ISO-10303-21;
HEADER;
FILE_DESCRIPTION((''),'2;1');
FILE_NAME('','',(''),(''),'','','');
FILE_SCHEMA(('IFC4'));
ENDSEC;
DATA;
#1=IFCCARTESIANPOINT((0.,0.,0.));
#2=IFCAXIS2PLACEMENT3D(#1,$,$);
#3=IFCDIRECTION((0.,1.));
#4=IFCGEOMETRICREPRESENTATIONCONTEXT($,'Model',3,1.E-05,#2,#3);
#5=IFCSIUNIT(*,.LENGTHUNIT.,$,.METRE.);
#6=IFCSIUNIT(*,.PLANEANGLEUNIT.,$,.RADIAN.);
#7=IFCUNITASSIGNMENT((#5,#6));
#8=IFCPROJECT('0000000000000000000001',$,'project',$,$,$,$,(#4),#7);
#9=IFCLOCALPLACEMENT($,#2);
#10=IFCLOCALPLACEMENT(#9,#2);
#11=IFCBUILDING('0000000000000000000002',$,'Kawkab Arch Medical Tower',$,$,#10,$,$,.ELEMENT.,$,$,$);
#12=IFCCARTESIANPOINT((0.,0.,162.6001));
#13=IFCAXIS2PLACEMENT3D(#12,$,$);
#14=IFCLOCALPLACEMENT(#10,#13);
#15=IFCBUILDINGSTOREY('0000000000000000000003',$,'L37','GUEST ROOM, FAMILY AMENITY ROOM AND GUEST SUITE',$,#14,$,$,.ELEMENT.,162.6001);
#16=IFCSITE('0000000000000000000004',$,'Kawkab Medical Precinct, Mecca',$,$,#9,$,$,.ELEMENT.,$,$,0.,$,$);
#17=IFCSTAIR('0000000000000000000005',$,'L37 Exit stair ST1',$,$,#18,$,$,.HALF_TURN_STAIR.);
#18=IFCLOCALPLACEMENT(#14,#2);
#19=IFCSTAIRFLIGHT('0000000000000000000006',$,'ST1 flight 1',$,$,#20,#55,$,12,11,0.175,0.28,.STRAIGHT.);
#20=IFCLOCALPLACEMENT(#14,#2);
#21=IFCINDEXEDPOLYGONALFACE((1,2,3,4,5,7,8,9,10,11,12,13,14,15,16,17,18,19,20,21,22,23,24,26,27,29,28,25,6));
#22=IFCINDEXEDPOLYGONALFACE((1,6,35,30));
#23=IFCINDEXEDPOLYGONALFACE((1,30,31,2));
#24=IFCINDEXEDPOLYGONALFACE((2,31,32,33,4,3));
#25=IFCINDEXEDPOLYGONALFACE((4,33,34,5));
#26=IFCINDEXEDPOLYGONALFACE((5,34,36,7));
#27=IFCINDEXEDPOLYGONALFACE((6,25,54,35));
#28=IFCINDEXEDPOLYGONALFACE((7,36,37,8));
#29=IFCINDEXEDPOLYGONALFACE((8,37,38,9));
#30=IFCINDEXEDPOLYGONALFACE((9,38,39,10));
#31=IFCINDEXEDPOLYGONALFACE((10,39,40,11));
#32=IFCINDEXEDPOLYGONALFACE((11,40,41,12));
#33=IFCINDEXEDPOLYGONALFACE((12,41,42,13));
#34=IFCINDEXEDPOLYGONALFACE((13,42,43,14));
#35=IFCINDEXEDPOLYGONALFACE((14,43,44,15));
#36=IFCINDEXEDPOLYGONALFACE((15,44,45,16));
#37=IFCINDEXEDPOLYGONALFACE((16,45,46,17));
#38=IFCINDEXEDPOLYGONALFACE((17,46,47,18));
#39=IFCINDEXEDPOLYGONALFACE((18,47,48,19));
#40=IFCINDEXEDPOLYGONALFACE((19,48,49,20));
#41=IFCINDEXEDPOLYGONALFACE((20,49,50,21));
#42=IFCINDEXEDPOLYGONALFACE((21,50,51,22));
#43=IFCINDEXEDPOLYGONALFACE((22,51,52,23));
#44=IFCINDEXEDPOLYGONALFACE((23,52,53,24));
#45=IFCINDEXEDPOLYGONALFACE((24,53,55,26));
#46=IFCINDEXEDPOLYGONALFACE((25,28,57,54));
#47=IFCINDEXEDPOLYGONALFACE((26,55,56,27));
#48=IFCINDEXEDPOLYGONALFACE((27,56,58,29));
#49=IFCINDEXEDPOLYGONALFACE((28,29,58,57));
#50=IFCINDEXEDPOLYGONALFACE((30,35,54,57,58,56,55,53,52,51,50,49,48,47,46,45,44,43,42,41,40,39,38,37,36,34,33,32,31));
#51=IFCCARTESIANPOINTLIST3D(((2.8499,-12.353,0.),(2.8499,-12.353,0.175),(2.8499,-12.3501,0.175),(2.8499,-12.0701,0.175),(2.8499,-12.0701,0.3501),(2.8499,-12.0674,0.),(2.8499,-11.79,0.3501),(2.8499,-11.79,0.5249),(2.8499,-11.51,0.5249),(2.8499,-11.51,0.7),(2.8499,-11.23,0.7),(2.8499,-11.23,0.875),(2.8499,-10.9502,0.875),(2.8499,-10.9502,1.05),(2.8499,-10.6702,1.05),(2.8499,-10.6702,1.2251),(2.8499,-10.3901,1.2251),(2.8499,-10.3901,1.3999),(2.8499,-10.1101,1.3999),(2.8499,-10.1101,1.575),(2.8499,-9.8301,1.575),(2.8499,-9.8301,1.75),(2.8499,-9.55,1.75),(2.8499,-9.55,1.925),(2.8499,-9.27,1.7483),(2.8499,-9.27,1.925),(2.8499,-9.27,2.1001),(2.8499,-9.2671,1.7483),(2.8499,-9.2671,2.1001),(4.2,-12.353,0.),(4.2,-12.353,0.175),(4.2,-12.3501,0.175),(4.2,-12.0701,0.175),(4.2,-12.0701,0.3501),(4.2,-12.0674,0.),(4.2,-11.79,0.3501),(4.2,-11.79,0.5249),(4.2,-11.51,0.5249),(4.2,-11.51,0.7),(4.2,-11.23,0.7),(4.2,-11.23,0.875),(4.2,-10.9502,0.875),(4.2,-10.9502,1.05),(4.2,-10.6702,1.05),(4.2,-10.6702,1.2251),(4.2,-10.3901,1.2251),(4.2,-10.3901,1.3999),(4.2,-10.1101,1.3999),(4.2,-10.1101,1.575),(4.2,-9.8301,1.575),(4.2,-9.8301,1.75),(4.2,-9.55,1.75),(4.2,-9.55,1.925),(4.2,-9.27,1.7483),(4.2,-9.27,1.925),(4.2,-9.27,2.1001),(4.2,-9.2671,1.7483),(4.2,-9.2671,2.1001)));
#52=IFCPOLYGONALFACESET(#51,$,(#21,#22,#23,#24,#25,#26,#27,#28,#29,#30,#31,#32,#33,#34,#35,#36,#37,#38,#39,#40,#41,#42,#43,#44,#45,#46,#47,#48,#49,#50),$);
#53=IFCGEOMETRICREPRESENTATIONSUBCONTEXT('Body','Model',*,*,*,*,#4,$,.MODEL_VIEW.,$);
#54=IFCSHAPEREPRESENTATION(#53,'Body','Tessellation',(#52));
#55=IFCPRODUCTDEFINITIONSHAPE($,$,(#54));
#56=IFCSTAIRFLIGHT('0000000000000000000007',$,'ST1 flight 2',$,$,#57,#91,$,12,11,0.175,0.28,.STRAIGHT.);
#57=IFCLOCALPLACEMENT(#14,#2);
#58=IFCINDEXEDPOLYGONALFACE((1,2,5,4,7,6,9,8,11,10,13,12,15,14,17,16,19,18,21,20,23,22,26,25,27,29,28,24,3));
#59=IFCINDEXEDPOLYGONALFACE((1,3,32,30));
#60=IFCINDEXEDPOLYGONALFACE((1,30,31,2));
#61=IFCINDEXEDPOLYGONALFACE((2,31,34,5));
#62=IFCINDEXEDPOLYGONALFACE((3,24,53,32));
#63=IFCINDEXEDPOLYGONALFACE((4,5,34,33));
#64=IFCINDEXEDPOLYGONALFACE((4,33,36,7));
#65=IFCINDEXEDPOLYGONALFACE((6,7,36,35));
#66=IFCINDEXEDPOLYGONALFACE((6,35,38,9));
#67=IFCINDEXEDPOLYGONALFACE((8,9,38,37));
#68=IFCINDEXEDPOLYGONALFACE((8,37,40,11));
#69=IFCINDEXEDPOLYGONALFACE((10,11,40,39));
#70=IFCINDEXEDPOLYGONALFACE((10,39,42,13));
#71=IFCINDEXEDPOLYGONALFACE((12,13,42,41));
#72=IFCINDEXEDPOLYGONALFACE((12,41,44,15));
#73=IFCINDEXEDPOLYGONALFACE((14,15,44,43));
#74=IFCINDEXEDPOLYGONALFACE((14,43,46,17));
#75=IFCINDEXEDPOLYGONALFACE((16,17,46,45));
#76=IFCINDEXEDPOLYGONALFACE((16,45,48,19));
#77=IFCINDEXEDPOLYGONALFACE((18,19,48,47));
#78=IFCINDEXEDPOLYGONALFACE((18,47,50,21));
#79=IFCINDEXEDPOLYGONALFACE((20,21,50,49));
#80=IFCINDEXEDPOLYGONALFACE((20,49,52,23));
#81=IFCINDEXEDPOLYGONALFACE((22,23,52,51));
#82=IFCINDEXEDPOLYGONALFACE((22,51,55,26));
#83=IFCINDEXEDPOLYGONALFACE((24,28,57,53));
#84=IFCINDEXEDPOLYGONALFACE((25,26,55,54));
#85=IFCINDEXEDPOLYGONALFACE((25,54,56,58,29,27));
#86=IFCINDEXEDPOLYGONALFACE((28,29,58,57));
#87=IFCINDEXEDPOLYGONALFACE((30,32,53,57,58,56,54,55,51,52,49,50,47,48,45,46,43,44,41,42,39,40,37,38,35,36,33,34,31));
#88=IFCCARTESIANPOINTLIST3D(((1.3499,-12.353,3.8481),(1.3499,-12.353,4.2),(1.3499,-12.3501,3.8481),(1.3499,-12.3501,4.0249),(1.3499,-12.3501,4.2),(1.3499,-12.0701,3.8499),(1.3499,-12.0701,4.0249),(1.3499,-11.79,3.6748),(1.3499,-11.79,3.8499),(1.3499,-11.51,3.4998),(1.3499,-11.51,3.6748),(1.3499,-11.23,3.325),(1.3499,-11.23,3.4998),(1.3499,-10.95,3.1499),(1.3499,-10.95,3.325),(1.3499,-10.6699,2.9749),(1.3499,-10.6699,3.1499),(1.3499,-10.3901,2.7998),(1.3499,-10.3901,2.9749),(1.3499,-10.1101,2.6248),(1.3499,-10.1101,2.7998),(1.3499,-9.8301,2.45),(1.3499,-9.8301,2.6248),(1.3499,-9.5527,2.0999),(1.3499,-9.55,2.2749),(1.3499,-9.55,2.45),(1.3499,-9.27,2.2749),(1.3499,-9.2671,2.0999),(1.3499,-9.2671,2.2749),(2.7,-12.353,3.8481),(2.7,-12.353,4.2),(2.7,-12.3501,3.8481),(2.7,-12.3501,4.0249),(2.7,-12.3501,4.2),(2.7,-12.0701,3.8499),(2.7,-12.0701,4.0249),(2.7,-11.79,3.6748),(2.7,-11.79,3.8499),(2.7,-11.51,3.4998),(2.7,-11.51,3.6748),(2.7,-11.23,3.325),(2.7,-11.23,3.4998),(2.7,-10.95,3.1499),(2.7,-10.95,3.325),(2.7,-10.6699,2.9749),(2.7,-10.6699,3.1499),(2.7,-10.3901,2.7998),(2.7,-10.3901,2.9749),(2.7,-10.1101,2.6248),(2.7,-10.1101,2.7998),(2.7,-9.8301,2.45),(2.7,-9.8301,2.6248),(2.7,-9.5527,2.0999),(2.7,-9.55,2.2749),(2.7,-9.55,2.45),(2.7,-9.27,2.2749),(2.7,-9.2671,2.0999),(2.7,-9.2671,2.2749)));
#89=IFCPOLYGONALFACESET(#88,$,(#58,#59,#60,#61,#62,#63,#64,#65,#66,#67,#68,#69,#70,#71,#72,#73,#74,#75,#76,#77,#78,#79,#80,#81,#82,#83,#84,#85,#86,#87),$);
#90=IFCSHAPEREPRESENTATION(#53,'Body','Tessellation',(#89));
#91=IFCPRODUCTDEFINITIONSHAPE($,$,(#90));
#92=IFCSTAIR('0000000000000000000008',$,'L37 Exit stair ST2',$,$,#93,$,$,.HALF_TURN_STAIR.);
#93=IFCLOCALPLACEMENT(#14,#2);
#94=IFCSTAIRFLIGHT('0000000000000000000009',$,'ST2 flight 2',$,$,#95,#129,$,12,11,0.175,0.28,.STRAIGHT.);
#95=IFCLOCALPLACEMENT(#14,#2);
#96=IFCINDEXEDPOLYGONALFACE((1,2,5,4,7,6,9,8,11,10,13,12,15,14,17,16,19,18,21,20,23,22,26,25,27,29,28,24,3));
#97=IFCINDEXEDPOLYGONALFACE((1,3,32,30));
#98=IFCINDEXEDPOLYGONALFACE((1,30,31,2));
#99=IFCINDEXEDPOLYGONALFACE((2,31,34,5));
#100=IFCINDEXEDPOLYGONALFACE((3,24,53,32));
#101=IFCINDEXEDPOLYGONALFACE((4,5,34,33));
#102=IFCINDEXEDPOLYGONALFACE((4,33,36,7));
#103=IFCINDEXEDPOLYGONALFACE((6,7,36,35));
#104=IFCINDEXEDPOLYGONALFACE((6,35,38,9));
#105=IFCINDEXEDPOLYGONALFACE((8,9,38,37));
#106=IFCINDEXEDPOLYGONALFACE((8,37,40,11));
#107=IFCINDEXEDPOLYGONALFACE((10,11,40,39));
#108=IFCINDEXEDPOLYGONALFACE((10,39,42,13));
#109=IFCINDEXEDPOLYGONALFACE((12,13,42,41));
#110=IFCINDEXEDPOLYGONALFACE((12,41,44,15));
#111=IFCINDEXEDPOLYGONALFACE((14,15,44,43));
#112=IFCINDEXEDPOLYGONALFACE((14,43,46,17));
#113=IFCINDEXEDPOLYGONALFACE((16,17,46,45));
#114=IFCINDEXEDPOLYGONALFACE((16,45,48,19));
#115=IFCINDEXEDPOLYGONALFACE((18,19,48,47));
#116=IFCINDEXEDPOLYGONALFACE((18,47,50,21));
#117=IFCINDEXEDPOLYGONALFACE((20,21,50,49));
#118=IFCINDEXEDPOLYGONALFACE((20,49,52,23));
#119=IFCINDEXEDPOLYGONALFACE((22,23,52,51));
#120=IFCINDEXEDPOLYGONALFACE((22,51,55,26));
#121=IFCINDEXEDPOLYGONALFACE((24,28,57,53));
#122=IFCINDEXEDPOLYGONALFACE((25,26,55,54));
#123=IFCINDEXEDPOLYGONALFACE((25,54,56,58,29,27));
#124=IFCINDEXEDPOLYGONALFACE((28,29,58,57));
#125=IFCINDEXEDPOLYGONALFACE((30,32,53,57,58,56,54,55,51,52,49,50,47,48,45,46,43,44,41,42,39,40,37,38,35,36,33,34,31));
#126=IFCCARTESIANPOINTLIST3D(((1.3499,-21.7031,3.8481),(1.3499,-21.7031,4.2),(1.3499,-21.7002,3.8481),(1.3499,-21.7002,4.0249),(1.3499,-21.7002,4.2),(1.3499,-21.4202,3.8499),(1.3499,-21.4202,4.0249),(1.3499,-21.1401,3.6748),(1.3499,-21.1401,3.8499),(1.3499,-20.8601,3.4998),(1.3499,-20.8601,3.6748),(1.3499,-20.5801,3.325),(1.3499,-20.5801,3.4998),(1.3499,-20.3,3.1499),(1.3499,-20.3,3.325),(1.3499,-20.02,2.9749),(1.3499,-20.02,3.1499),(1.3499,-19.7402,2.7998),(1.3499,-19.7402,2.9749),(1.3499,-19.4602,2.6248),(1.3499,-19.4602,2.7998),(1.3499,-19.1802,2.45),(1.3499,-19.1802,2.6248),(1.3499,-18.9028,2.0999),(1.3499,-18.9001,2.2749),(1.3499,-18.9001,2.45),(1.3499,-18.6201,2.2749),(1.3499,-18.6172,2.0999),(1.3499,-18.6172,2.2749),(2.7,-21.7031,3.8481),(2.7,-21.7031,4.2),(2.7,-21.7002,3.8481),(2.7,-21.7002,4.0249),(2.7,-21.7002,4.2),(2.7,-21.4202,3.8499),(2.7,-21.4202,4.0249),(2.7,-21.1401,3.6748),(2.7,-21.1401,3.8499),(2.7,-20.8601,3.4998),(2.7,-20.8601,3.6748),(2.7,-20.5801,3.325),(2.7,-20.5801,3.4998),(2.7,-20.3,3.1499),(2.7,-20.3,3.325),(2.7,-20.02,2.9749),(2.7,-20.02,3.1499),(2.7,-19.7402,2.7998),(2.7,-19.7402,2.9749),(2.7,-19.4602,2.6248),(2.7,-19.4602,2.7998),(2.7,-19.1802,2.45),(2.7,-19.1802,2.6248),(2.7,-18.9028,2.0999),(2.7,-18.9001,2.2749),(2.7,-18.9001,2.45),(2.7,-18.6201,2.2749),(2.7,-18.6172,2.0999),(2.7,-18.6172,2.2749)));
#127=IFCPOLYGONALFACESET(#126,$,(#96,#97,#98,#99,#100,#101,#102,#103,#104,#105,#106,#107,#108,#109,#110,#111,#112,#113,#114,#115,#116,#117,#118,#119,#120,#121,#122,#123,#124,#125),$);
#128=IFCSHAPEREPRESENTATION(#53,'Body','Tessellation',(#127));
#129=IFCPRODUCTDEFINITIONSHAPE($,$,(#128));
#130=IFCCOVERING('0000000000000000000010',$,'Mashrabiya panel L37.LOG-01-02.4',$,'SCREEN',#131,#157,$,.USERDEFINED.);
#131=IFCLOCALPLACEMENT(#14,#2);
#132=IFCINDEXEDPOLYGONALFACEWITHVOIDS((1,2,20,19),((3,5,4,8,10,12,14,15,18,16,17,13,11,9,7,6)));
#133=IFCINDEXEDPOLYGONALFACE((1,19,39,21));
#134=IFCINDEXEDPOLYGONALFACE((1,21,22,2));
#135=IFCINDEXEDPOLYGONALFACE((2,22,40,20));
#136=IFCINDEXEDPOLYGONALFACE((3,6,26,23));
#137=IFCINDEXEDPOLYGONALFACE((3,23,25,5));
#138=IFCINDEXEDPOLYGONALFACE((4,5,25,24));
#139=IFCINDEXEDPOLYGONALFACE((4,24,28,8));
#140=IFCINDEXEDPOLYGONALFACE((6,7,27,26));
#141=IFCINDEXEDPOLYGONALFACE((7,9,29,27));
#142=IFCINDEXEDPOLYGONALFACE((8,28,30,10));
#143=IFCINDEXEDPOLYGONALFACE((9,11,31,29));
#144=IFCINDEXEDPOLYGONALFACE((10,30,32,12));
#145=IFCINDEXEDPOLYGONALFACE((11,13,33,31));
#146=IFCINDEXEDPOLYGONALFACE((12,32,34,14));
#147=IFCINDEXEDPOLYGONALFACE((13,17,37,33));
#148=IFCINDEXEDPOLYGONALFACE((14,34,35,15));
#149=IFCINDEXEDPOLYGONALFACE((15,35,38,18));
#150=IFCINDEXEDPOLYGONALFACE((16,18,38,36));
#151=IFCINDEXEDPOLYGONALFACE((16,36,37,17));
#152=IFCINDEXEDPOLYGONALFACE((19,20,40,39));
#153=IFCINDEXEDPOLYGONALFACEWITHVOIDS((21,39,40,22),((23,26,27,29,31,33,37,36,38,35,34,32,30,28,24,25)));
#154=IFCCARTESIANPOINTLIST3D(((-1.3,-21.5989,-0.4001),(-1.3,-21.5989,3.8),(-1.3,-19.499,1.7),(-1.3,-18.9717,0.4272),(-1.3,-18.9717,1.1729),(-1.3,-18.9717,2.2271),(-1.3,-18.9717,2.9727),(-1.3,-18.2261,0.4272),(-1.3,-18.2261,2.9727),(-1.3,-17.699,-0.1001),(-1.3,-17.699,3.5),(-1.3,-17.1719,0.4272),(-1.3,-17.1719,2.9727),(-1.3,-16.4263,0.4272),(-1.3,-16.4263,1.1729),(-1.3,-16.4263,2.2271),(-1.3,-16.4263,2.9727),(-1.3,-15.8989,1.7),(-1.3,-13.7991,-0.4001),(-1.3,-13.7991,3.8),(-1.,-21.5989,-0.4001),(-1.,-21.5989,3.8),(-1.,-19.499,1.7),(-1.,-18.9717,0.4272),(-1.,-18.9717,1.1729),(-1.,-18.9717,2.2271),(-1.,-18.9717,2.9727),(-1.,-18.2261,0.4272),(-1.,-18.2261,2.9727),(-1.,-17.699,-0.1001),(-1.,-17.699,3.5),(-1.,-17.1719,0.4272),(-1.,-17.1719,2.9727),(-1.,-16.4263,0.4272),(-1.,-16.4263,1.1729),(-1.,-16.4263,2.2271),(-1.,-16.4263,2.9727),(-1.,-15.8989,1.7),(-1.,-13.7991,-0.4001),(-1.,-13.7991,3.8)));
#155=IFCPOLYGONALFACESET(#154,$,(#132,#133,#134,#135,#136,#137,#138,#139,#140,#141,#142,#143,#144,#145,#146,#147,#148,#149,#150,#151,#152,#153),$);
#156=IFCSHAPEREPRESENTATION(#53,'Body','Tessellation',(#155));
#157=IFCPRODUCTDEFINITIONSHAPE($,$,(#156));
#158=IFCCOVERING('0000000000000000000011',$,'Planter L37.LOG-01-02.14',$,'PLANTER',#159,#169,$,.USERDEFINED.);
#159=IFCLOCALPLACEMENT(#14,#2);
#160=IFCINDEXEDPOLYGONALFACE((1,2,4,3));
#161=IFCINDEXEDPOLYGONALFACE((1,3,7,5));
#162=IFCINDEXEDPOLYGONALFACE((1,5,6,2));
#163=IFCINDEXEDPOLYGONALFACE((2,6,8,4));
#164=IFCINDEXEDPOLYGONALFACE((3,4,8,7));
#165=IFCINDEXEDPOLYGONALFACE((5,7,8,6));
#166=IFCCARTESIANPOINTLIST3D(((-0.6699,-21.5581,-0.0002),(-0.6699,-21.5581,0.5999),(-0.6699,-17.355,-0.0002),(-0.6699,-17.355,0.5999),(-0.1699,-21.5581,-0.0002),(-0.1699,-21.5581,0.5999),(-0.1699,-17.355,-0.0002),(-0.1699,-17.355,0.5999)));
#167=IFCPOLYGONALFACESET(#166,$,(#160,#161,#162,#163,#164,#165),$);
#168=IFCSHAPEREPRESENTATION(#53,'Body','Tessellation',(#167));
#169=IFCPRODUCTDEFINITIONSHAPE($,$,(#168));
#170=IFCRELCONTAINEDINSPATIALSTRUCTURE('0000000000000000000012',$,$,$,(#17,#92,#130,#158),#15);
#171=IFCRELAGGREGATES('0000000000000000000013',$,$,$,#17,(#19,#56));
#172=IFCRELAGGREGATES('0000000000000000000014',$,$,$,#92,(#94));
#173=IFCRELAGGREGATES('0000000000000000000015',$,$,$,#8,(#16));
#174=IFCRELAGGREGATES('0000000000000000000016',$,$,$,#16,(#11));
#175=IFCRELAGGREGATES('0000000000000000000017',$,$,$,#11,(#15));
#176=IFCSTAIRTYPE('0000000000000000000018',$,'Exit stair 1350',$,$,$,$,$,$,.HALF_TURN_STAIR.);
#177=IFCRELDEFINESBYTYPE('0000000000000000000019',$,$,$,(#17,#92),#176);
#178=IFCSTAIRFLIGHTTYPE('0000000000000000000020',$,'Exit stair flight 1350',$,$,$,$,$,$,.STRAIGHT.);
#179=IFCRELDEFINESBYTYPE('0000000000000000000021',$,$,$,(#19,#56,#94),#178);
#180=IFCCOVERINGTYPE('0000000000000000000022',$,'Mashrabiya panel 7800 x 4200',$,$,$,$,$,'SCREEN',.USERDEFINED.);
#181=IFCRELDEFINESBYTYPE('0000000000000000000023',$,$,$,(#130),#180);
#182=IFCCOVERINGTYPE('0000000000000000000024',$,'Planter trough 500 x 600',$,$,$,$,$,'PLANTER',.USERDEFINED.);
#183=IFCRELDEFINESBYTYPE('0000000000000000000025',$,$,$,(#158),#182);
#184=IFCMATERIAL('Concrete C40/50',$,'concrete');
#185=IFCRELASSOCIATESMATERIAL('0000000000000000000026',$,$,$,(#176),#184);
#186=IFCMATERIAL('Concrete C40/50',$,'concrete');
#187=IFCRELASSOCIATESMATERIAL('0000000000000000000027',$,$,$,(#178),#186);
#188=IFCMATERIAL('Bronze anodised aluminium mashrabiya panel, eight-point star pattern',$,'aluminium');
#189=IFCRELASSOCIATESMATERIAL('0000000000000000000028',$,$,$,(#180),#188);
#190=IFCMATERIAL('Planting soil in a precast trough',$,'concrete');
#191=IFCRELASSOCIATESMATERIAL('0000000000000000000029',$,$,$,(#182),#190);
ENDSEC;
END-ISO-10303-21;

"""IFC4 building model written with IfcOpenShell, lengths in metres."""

from ifc_helpers import new_model, si_unit, direction, frame, origin, origin_2d, place, context, subcontext, project, spatial, polyline, rectangle, outline, extrude, material, material_profile, profile_set, type_object, element, aggregate, save


model = new_model("IFC4")

# Units and contexts
model_context = context("Model", 3, precision=1e-05, world=origin(), true_north=direction((0.0, 1.0)))
body_context = subcontext(model_context, "Body", "Model", "MODEL_VIEW")
ifc_project = project(units=[si_unit("LENGTHUNIT", "METRE"), si_unit("PLANEANGLEUNIT", "RADIAN")], contexts=[model_context])

# Site, building, storey
site_placement = place(None, origin())
site = spatial("IfcSite", under=ifc_project, at=site_placement, Name="Kawkab Medical Precinct, Mecca", CompositionType="ELEMENT", RefElevation=0.0)
building_placement = place(site_placement, origin())
building = spatial("IfcBuilding", under=site, at=building_placement, Name="Kawkab Arch Medical Tower", CompositionType="ELEMENT")
storey_placement = place(building_placement, frame((0.0, 0.0, 162.6001)))
storey = spatial("IfcBuildingStorey", under=building, at=storey_placement, Name="L37", Description="GUEST ROOM, FAMILY AMENITY ROOM AND GUEST SUITE", CompositionType="ELEMENT", Elevation=162.6001)

# Shared definitions
placement = place(storey_placement, origin())

# Stair, stair flights
ifc_material_1 = material(Name="Concrete C40/50", Category="concrete")
stair_type = type_object("IfcStairType", Name="Exit stair 1350", PredefinedType="HALF_TURN_STAIR", material=ifc_material_1)
stair_1 = element("IfcStair", 1, at=placement, inside=storey, type_object=stair_type, Name="L37 Exit stair ST1", PredefinedType="HALF_TURN_STAIR")
ifc_material_2 = material(Name="Concrete C40/50", Category="concrete")
stair_flight_type = type_object("IfcStairFlightType", Name="Exit stair flight 1350", PredefinedType="STRAIGHT", material=ifc_material_2)
stair_flight_1_placement = place(storey_placement, frame((3.5249, -12.3501, 0.0), z_axis=(0.0, 0.0, 1.0), x_axis=(0.0, 1.0, 0.0)))
stair_flight_1 = element("IfcStairFlight", 2, at=stair_flight_1_placement, type_object=stair_flight_type, Name="ST1 flight 1", NumberOfRisers=12, NumberOfTreads=11, PredefinedType="STRAIGHT", RiserHeight=0.175, TreadLength=0.28, context=body_context, shape_type="SweptSolid", body=[
    extrude(outline(polyline([(-0.0029, 0.0), (-0.0029, 0.175), (0.0, 0.175), (0.28, 0.175), (0.28, 0.3501), (0.5601, 0.3501), (0.5601, 0.5249), (0.8401, 0.5249), (0.8401, 0.7), (1.1201, 0.7), (1.1201, 0.875), (1.3999, 0.875), (1.3999, 1.05), (1.6799, 1.05), (1.6799, 1.2251), (1.96, 1.2251), (1.96, 1.3999), (2.24, 1.3999), (2.24, 1.575), (2.52, 1.575), (2.52, 1.75), (2.8, 1.75), (2.8, 1.925), (3.0801, 1.925), (3.0801, 2.1001), (3.083, 2.1001), (3.083, 1.7483), (3.0801, 1.7483), (0.2827, 0.0), (-0.0029, 0.0)])), frame((0.0, 0.675, 0.0), z_axis=(0.0, -1.0, 0.0), x_axis=(1.0, 0.0, 0.0)), (0.0, 0.0, 1.0), 1.3501),
])
stair_flight_2_placement = place(storey_placement, frame((2.0249, -9.27, 2.0999), z_axis=(0.0, 0.0, 1.0), x_axis=(0.0, -1.0, 0.0)))
stair_flight_2 = element("IfcStairFlight", 3, at=stair_flight_2_placement, type_object=stair_flight_type, Name="ST1 flight 2", NumberOfRisers=12, NumberOfTreads=11, PredefinedType="STRAIGHT", RiserHeight=0.175, TreadLength=0.28, context=body_context, shape_type="SweptSolid", body=[
    extrude(outline(polyline([(-0.0029, 0.0), (-0.0029, 0.175), (0.0, 0.175), (0.28, 0.175), (0.28, 0.3501), (0.5601, 0.3501), (0.5601, 0.5249), (0.8401, 0.5249), (0.8401, 0.7), (1.1201, 0.7), (1.1201, 0.875), (1.3999, 0.875), (1.3999, 1.05), (1.6799, 1.05), (1.6799, 1.2251), (1.96, 1.2251), (1.96, 1.3999), (2.24, 1.3999), (2.24, 1.575), (2.52, 1.575), (2.52, 1.75), (2.8, 1.75), (2.8, 1.925), (3.0801, 1.925), (3.0801, 2.1001), (3.083, 2.1001), (3.083, 1.7483), (3.0801, 1.7483), (0.2827, 0.0), (-0.0029, 0.0)])), frame((0.0, 0.675, 0.0), z_axis=(0.0, -1.0, 0.0), x_axis=(1.0, 0.0, 0.0)), (0.0, 0.0, 1.0), 1.3501),
])
aggregate(stair_1, [stair_flight_1, stair_flight_2])

# Stair, stair flight
stair_2 = element("IfcStair", 4, at=placement, inside=storey, type_object=stair_type, Name="L37 Exit stair ST2", PredefinedType="HALF_TURN_STAIR")
stair_flight_3_placement = place(storey_placement, frame((2.0249, -18.6201, 2.0999), z_axis=(0.0, 0.0, 1.0), x_axis=(0.0, -1.0, 0.0)))
stair_flight_3 = element("IfcStairFlight", 5, at=stair_flight_3_placement, type_object=stair_flight_type, Name="ST2 flight 2", NumberOfRisers=12, NumberOfTreads=11, PredefinedType="STRAIGHT", RiserHeight=0.175, TreadLength=0.28, context=body_context, shape_type="SweptSolid", body=[
    extrude(outline(polyline([(-0.0029, 0.0), (-0.0029, 0.175), (0.0, 0.175), (0.28, 0.175), (0.28, 0.3501), (0.5601, 0.3501), (0.5601, 0.5249), (0.8401, 0.5249), (0.8401, 0.7), (1.1201, 0.7), (1.1201, 0.875), (1.3999, 0.875), (1.3999, 1.05), (1.6799, 1.05), (1.6799, 1.2251), (1.96, 1.2251), (1.96, 1.3999), (2.24, 1.3999), (2.24, 1.575), (2.52, 1.575), (2.52, 1.75), (2.8, 1.75), (2.8, 1.925), (3.0801, 1.925), (3.0801, 2.1001), (3.083, 2.1001), (3.083, 1.7483), (3.0801, 1.7483), (0.2827, 0.0), (-0.0029, 0.0)])), frame((0.0, 0.675, 0.0), z_axis=(0.0, -1.0, 0.0), x_axis=(1.0, 0.0, 0.0)), (0.0, 0.0, 1.0), 1.3501),
])
aggregate(stair_2, [stair_flight_3])

# Coverings
ifc_material_3 = material(Name="Bronze anodised aluminium mashrabiya panel, eight-point star pattern", Category="aluminium")
ifc_material_profile_1 = material_profile(ifc_material_3, outline(polyline([(-3.8999, -2.1001), (3.8999, -2.1001), (3.8999, 2.1001), (-3.8999, 2.1001), (-3.8999, -2.1001)]), holes=[polyline([(1.8, 0.0), (1.2727, 0.5271), (1.2727, 1.2727), (0.5271, 1.2727), (0.0, 1.8), (-0.5271, 1.2727), (-1.2727, 1.2727), (-1.2727, 0.5271), (-1.8, 0.0), (-1.2727, -0.5271), (-1.2727, -1.2727), (-0.5271, -1.2727), (0.0, -1.8), (0.5271, -1.2727), (1.2727, -1.2727), (1.2727, -0.5271), (1.8, 0.0)])]), Name="Mashrabiya panel 7800x4200")
ifc_profile_set_1 = profile_set([ifc_material_profile_1], Name="Bronze anodised aluminium mashrabiya panel, eight-point star pattern")
covering_type_1 = type_object("IfcCoveringType", Name="Mashrabiya panel 7800 x 4200", ElementType="SCREEN", PredefinedType="USERDEFINED", material=ifc_profile_set_1)
covering_1_placement = place(storey_placement, frame((-1.0, -17.699, 1.7), z_axis=(-1.0, 0.0, 0.0), x_axis=(0.0, -1.0, 0.0)))
element("IfcCovering", 6, at=covering_1_placement, inside=storey, type_object=covering_type_1, Name="Mashrabiya panel L37.LOG-01-02.4", ObjectType="SCREEN", PredefinedType="USERDEFINED", context=body_context, shape_type="SweptSolid", body=[
    extrude(outline(polyline([(-3.8999, -2.1001), (3.8999, -2.1001), (3.8999, 2.1001), (-3.8999, 2.1001), (-3.8999, -2.1001)]), holes=[polyline([(1.8, 0.0), (1.2727, 0.5271), (1.2727, 1.2727), (0.5271, 1.2727), (0.0, 1.8), (-0.5271, 1.2727), (-1.2727, 1.2727), (-1.2727, 0.5271), (-1.8, 0.0), (-1.2727, -0.5271), (-1.2727, -1.2727), (-0.5271, -1.2727), (0.0, -1.8), (0.5271, -1.2727), (1.2727, -1.2727), (1.2727, -0.5271), (1.8, 0.0)])]), origin(), (0.0, 0.0, 1.0), 0.3),
])
ifc_material_4 = material(Name="Planting soil in a precast trough", Category="concrete")
ifc_material_profile_2 = material_profile(ifc_material_4, rectangle(XDim=0.5, YDim=0.6001, at=origin_2d()), Name="Trough 500x600")
ifc_profile_set_2 = profile_set([ifc_material_profile_2], Name="Planting soil in a precast trough")
covering_type_2 = type_object("IfcCoveringType", Name="Planter trough 500 x 600", ElementType="PLANTER", PredefinedType="USERDEFINED", material=ifc_profile_set_2)
covering_2_placement = place(storey_placement, frame((-0.4199, -21.5581, 0.2998), z_axis=(0.0, 1.0, 0.0), x_axis=(-1.0, 0.0, 0.0)))
element("IfcCovering", 7, at=covering_2_placement, inside=storey, type_object=covering_type_2, Name="Planter L37.LOG-01-02.14", ObjectType="PLANTER", PredefinedType="USERDEFINED", context=body_context, shape_type="SweptSolid", body=[
    extrude(rectangle(XDim=0.5, YDim=0.6001, at=origin_2d()), origin(), (0.0, 0.0, 1.0), 4.2031),
])

save(model, "model.ifc")
